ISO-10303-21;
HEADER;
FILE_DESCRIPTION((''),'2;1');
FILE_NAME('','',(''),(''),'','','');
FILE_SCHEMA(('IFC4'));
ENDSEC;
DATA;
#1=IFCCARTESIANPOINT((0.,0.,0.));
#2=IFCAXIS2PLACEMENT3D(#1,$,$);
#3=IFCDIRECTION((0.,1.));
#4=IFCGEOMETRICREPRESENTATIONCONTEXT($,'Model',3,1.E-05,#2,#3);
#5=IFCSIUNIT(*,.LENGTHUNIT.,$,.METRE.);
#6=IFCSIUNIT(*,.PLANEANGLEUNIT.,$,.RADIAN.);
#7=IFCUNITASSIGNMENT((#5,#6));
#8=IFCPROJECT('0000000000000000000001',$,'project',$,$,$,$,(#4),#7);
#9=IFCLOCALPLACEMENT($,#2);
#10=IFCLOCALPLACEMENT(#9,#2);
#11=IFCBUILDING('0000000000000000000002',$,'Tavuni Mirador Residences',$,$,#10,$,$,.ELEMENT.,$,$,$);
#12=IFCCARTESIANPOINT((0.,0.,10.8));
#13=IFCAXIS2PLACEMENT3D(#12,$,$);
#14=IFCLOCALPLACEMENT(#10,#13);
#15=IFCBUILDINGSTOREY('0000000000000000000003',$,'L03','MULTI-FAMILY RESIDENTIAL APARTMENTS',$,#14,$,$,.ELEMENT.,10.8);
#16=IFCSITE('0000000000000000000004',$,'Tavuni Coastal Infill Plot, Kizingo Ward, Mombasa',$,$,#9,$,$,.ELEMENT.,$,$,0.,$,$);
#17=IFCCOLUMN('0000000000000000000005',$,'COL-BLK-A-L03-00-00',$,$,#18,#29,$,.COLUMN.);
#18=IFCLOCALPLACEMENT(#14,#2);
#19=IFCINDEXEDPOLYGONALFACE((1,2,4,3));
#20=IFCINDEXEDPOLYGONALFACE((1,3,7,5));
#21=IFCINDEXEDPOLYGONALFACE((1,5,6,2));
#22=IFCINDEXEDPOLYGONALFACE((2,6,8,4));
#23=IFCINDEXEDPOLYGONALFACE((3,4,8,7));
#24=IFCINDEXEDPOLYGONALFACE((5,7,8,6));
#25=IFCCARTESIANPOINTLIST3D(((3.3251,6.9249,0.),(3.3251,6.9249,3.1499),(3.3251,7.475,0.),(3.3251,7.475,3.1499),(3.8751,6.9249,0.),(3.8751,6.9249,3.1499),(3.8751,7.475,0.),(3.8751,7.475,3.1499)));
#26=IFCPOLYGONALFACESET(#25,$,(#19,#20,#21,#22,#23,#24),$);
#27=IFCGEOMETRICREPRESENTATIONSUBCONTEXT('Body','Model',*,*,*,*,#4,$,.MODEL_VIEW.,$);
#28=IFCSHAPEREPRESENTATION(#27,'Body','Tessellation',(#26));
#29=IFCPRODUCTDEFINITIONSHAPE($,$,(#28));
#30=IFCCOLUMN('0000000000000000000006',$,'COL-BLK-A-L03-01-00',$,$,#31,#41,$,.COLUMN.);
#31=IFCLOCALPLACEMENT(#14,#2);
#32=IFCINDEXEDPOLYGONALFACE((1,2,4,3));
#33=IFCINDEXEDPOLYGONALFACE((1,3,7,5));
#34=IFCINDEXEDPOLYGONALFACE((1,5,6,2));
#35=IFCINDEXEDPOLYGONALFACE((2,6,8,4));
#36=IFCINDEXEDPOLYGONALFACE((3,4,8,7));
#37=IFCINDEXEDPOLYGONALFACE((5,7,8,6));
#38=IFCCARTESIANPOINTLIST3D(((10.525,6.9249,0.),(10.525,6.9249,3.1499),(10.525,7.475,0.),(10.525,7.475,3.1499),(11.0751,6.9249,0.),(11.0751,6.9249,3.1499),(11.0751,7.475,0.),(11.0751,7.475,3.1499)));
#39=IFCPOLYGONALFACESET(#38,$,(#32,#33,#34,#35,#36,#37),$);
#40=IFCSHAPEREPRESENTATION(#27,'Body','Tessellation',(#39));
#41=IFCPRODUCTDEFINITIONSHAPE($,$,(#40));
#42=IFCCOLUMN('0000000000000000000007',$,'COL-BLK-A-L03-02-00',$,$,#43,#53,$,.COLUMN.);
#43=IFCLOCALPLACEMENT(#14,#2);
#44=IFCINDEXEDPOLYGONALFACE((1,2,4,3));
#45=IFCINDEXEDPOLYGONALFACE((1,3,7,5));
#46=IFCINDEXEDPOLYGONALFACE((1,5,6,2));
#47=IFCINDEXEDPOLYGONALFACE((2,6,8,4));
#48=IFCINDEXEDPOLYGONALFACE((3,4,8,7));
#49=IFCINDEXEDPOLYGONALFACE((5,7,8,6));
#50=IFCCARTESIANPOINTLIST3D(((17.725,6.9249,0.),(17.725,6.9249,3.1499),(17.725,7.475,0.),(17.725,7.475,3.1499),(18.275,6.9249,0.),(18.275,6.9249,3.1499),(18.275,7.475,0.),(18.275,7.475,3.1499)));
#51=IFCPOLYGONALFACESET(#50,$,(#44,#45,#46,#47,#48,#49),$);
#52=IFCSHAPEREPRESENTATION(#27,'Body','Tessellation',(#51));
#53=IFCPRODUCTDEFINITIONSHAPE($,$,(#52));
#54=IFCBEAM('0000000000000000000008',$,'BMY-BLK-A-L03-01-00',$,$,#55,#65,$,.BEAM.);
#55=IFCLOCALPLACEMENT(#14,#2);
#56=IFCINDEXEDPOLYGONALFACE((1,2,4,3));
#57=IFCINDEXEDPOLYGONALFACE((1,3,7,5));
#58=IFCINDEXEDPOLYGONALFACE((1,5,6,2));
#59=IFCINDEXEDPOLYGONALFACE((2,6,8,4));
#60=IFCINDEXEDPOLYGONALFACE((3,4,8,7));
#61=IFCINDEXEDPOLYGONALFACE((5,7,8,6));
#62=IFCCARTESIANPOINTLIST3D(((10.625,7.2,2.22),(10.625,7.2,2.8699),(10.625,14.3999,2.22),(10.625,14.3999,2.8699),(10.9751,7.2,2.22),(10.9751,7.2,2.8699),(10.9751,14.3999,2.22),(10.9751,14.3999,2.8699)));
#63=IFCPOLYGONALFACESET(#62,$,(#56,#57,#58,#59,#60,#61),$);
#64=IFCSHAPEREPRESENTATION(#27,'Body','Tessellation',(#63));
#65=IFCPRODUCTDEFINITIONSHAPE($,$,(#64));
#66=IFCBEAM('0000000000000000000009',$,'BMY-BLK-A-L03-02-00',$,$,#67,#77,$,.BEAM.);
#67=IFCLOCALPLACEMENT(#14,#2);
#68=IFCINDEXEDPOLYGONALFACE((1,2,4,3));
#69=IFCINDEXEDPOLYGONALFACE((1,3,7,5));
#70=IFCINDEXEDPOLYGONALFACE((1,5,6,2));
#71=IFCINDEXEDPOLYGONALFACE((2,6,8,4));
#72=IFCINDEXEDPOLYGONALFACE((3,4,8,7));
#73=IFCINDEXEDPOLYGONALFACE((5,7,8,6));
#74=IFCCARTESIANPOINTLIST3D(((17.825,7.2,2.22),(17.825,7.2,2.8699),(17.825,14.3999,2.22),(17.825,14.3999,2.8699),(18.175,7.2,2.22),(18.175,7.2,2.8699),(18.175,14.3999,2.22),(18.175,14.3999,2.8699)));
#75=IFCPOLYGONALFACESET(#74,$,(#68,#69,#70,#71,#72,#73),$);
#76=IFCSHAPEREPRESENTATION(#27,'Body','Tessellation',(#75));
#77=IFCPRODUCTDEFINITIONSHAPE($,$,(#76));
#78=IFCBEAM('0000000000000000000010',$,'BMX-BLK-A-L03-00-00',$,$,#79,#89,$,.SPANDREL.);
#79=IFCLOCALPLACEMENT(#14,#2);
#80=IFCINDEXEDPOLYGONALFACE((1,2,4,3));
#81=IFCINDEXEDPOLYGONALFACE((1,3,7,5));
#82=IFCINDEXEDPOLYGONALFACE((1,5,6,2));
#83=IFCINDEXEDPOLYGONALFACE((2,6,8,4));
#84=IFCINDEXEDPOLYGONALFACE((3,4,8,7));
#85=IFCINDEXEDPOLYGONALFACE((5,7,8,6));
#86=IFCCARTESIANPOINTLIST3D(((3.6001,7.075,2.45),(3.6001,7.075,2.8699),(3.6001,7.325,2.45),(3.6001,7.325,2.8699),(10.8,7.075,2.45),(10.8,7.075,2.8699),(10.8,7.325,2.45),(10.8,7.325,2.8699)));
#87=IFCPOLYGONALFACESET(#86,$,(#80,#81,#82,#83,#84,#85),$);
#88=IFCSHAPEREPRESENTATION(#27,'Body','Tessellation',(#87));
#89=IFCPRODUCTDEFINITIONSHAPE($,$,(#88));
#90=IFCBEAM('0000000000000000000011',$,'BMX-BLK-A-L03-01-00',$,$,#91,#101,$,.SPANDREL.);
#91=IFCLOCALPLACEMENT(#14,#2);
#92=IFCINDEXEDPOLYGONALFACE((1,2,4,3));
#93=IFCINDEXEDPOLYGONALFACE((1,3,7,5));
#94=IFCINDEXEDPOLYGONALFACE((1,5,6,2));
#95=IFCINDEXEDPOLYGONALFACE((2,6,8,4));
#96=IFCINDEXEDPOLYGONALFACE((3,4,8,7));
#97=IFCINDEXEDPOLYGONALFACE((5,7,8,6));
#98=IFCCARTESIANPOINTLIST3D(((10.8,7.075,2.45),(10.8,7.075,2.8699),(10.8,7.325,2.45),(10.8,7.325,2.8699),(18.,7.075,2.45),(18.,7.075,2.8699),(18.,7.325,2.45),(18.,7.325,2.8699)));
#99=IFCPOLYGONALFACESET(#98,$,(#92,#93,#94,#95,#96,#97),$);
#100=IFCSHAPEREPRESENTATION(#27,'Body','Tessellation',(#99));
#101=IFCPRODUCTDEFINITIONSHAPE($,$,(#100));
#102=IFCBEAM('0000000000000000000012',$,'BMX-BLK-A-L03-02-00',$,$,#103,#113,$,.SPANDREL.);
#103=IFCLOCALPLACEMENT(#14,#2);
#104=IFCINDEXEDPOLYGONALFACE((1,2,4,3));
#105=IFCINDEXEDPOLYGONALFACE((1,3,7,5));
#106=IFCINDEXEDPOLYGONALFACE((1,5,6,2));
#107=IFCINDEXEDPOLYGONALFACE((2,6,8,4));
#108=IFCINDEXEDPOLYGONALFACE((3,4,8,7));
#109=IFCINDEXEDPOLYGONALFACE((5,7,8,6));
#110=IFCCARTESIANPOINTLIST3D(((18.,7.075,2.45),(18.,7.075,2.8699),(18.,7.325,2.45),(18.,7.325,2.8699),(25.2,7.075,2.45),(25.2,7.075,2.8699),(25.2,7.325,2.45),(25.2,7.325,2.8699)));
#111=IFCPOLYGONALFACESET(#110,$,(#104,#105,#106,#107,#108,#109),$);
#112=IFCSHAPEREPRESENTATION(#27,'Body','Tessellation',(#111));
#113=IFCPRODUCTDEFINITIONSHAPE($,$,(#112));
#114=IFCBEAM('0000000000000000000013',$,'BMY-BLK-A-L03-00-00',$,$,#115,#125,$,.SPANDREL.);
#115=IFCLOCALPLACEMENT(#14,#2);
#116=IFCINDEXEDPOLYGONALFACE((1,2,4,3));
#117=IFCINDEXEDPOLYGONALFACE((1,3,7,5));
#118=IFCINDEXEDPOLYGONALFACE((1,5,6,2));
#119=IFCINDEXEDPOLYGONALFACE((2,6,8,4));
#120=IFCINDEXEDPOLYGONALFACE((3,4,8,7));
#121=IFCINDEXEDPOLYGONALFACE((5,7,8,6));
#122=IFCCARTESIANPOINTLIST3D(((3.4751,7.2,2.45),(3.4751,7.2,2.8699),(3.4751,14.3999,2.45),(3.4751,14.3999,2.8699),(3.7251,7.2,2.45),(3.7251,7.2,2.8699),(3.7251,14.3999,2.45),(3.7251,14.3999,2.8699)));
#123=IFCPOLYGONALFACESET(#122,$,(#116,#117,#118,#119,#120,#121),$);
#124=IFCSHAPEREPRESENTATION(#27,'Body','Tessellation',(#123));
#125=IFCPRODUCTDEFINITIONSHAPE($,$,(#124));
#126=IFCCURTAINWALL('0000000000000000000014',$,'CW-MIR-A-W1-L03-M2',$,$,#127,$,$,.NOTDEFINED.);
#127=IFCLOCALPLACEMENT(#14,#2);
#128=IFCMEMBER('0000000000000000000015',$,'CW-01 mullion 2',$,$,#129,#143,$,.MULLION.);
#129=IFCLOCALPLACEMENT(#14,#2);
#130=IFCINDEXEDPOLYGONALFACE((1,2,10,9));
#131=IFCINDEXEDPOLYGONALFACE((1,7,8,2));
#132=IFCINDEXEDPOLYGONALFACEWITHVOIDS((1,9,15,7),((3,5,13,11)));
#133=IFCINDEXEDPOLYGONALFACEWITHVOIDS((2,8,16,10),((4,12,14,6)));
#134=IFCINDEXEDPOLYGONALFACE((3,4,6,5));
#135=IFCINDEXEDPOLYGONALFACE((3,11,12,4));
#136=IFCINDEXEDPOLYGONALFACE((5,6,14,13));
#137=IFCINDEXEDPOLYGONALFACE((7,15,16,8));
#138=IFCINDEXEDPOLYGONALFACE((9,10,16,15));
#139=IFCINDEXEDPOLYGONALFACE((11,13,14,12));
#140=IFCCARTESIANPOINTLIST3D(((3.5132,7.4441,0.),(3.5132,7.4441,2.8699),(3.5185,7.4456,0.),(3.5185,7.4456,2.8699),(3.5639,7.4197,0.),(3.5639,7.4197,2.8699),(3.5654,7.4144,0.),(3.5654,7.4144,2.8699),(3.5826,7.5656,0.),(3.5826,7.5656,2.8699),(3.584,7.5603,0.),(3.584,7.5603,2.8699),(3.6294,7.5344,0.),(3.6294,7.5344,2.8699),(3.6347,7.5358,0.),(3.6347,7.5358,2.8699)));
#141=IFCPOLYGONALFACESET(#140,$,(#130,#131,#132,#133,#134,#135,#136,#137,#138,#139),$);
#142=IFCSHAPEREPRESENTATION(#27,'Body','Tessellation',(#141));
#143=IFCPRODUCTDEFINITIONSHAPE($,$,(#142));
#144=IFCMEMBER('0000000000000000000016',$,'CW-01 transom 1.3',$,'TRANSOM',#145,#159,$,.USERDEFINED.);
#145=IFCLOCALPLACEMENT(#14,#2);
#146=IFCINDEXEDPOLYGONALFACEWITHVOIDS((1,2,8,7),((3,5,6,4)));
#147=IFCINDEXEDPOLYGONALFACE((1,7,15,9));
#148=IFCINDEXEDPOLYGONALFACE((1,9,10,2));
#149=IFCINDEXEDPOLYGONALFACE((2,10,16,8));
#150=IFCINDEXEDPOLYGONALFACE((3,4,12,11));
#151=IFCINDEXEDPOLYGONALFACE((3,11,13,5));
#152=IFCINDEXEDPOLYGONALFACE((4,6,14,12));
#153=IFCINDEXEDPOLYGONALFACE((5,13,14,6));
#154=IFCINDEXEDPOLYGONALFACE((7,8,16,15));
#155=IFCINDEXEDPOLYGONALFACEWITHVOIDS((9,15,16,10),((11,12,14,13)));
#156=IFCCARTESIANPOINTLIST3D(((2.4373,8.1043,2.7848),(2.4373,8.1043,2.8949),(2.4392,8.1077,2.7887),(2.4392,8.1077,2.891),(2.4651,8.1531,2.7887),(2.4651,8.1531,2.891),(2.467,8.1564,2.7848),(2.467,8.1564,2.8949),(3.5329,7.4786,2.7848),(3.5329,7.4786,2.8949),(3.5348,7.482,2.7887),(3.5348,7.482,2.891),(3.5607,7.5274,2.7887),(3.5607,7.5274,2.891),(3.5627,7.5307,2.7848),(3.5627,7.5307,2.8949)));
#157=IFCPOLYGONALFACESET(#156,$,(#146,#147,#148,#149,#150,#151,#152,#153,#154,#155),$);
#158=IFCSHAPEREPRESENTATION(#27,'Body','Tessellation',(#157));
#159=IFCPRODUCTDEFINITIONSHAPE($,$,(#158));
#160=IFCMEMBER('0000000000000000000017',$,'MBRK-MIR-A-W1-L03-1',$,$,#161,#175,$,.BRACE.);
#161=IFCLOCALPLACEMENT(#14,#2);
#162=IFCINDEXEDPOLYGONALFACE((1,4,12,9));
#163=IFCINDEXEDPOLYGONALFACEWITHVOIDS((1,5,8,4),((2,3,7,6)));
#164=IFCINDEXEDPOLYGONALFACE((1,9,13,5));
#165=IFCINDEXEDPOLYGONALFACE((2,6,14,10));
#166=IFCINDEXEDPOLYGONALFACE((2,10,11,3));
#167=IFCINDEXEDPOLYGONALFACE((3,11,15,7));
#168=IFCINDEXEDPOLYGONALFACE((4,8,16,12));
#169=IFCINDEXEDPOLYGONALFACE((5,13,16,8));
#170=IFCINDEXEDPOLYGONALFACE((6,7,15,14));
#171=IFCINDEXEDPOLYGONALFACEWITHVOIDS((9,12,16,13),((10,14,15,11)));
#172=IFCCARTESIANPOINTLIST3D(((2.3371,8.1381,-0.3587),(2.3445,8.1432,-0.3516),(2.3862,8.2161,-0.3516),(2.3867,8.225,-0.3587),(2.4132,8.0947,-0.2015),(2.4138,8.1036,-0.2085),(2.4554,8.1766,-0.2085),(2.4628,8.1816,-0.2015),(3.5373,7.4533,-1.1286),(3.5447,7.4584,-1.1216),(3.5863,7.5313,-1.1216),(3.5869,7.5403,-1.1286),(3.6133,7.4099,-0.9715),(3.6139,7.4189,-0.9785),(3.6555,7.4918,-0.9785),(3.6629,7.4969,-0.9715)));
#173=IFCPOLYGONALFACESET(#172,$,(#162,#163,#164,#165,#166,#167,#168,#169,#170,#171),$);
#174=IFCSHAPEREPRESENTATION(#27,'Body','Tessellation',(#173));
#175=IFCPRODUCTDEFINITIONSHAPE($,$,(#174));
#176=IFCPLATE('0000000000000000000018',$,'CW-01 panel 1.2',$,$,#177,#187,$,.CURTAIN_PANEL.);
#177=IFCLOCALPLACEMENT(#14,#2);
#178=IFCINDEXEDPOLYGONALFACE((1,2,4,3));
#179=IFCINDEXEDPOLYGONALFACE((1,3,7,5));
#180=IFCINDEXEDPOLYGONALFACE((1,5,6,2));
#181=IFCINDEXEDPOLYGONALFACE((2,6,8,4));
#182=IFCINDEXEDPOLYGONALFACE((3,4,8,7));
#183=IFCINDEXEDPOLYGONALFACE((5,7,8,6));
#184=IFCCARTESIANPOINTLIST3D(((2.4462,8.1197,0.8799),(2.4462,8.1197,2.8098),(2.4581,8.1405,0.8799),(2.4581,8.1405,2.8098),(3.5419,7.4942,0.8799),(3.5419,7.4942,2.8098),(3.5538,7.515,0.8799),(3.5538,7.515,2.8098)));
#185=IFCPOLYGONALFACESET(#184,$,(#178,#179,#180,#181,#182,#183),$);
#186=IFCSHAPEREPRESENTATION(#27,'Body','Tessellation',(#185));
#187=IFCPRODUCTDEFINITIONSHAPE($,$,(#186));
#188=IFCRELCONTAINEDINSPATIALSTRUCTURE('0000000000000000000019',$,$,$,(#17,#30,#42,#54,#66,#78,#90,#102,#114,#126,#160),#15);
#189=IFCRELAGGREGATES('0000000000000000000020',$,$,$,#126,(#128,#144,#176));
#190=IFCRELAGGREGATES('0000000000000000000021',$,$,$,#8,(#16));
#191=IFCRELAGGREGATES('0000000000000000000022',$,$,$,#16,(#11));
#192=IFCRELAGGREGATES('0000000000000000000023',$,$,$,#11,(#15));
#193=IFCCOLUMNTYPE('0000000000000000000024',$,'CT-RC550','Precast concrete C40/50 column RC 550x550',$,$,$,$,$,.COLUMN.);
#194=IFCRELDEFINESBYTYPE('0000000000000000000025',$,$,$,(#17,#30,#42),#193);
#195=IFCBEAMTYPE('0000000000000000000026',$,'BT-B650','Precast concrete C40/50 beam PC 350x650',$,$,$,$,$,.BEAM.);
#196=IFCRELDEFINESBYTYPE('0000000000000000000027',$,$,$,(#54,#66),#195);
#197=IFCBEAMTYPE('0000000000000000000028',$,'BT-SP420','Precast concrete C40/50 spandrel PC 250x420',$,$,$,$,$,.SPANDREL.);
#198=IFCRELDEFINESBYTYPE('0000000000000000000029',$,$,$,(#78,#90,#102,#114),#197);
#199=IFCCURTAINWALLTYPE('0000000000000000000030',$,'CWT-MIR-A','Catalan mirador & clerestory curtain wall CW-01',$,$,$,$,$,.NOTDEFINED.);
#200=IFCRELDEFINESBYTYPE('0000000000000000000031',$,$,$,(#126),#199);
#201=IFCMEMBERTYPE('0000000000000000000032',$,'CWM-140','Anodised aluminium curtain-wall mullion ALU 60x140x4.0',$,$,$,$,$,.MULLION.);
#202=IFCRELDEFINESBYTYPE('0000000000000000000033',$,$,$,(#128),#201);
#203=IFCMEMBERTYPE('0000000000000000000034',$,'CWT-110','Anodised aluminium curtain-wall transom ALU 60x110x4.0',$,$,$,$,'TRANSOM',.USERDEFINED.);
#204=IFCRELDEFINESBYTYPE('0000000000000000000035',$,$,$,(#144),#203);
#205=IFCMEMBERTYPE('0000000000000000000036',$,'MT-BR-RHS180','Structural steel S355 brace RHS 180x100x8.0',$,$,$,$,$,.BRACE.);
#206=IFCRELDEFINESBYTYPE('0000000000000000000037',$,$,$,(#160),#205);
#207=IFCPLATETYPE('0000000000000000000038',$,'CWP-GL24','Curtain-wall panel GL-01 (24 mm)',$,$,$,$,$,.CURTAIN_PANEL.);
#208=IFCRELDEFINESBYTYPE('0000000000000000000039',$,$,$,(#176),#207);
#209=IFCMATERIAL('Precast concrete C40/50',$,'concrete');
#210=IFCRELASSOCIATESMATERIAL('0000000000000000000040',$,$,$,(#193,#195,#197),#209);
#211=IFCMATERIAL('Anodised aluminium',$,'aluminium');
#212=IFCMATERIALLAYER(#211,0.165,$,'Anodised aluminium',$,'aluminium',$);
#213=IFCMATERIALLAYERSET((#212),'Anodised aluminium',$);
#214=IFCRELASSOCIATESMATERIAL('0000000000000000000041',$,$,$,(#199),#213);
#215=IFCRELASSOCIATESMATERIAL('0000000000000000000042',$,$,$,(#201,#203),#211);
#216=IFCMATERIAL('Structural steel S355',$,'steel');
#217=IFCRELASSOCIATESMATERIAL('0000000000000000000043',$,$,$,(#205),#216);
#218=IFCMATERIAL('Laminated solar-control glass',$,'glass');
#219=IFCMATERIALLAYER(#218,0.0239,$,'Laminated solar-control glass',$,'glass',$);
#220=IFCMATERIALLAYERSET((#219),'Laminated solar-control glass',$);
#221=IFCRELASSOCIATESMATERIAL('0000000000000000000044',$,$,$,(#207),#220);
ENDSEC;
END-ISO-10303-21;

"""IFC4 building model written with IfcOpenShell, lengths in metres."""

from ifc_helpers import new_model, si_unit, direction, frame, origin, origin_2d, place, context, subcontext, project, spatial, rectangle, hollow_rectangle, extrude, material, layer, layer_set, material_profile, profile_set, type_object, element, aggregate, save


model = new_model("IFC4")

# Units and contexts
model_context = context("Model", 3, precision=1e-05, world=origin(), true_north=direction((0.0, 1.0)))
body_context = subcontext(model_context, "Body", "Model", "MODEL_VIEW")
ifc_project = project(units=[si_unit("LENGTHUNIT", "METRE"), si_unit("PLANEANGLEUNIT", "RADIAN")], contexts=[model_context])

# Site, building, storey
site_placement = place(None, origin())
site = spatial("IfcSite", under=ifc_project, at=site_placement, Name="Tavuni Coastal Infill Plot, Kizingo Ward, Mombasa", CompositionType="ELEMENT", RefElevation=0.0)
building_placement = place(site_placement, origin())
building = spatial("IfcBuilding", under=site, at=building_placement, Name="Tavuni Mirador Residences", CompositionType="ELEMENT")
storey_placement = place(building_placement, frame((0.0, 0.0, 10.8)))
storey = spatial("IfcBuildingStorey", under=building, at=storey_placement, Name="L03", Description="MULTI-FAMILY RESIDENTIAL APARTMENTS", CompositionType="ELEMENT", Elevation=10.8)

# Columns
ifc_material_1 = material(Name="Precast concrete C40/50", Category="concrete")
ifc_material_profile_1 = material_profile(ifc_material_1, rectangle(XDim=0.55, YDim=0.55, at=origin_2d()), Name="RC 550x550", Category="concrete")
ifc_profile_set_1 = profile_set([ifc_material_profile_1], Name="Precast concrete C40/50")
column_type = type_object("IfcColumnType", Name="CT-RC550", Description="Precast concrete C40/50 column RC 550x550", PredefinedType="COLUMN", material=ifc_profile_set_1)
for number, where, z_axis, x_axis, name in (
    (1, (3.6001, 7.2, 0.0), (0.0, 0.0, 1.0), (1.0, 0.0, 0.0), "COL-BLK-A-L03-00-00"),
    (2, (10.8, 7.2, 0.0), (0.0, 0.0, 1.0), (1.0, 0.0, 0.0), "COL-BLK-A-L03-01-00"),
    (3, (18.0, 7.2, 0.0), (0.0, 0.0, 1.0), (1.0, 0.0, 0.0), "COL-BLK-A-L03-02-00"),
):
    element("IfcColumn", number, at=place(storey_placement, frame(where, z_axis=z_axis, x_axis=x_axis)), inside=storey, type_object=column_type, Name=name, PredefinedType="COLUMN", context=body_context, shape_type="SweptSolid", body=[
        extrude(rectangle(XDim=0.55, YDim=0.55, at=origin_2d()), origin(), (0.0, 0.0, 1.0), 3.1499),
    ])

# Beams
ifc_material_profile_2 = material_profile(ifc_material_1, rectangle(XDim=0.3501, YDim=0.6499, at=origin_2d()), Name="PC 350x650", Category="concrete")
ifc_profile_set_2 = profile_set([ifc_material_profile_2], Name="Precast concrete C40/50")
beam_type_1 = type_object("IfcBeamType", Name="BT-B650", Description="Precast concrete C40/50 beam PC 350x650", PredefinedType="BEAM", material=ifc_profile_set_2)
for number, where, z_axis, x_axis, name in (
    (4, (10.8, 7.2, 2.5449), (0.0, 1.0, 0.0), (-1.0, 0.0, 0.0), "BMY-BLK-A-L03-01-00"),
    (5, (18.0, 7.2, 2.5449), (0.0, 1.0, 0.0), (-1.0, 0.0, 0.0), "BMY-BLK-A-L03-02-00"),
):
    element("IfcBeam", number, at=place(storey_placement, frame(where, z_axis=z_axis, x_axis=x_axis)), inside=storey, type_object=beam_type_1, Name=name, PredefinedType="BEAM", context=body_context, shape_type="SweptSolid", body=[
        extrude(rectangle(XDim=0.3501, YDim=0.6499, at=origin_2d()), origin(), (0.0, 0.0, 1.0), 7.2),
    ])
ifc_material_profile_3 = material_profile(ifc_material_1, rectangle(XDim=0.25, YDim=0.4199, at=origin_2d()), Name="PC 250x420", Category="concrete")
ifc_profile_set_3 = profile_set([ifc_material_profile_3], Name="Precast concrete C40/50")
beam_type_2 = type_object("IfcBeamType", Name="BT-SP420", Description="Precast concrete C40/50 spandrel PC 250x420", PredefinedType="SPANDREL", material=ifc_profile_set_3)
for number, where, z_axis, x_axis, name in (
    (6, (3.6001, 7.2, 2.6599), (1.0, 0.0, 0.0), (0.0, 1.0, 0.0), "BMX-BLK-A-L03-00-00"),
    (7, (10.8, 7.2, 2.6599), (1.0, 0.0, 0.0), (0.0, 1.0, 0.0), "BMX-BLK-A-L03-01-00"),
    (8, (18.0, 7.2, 2.6599), (1.0, 0.0, 0.0), (0.0, 1.0, 0.0), "BMX-BLK-A-L03-02-00"),
    (9, (3.6001, 7.2, 2.6599), (0.0, 1.0, 0.0), (-1.0, 0.0, 0.0), "BMY-BLK-A-L03-00-00"),
):
    element("IfcBeam", number, at=place(storey_placement, frame(where, z_axis=z_axis, x_axis=x_axis)), inside=storey, type_object=beam_type_2, Name=name, PredefinedType="SPANDREL", context=body_context, shape_type="SweptSolid", body=[
        extrude(rectangle(XDim=0.25, YDim=0.4199, at=origin_2d()), origin(), (0.0, 0.0, 1.0), 7.2),
    ])

# Curtain wall, members
ifc_material_2 = material(Name="Anodised aluminium", Category="aluminium")
ifc_layer_1 = layer(ifc_material_2, 0.165, Name="Anodised aluminium", Category="aluminium")
ifc_layer_set_1 = layer_set([ifc_layer_1], Name="Anodised aluminium")
curtain_wall_type = type_object("IfcCurtainWallType", Name="CWT-MIR-A", Description="Catalan mirador & clerestory curtain wall CW-01", PredefinedType="NOTDEFINED", material=ifc_layer_set_1)
curtain_wall_placement = place(storey_placement, origin())
curtain_wall = element("IfcCurtainWall", 10, at=curtain_wall_placement, inside=storey, type_object=curtain_wall_type, Name="CW-MIR-A-W1-L03-M2", PredefinedType="NOTDEFINED")
ifc_material_profile_4 = material_profile(ifc_material_2, hollow_rectangle(XDim=0.0601, YDim=0.1399, WallThickness=0.0039, at=origin_2d()), Name="ALU 60x140x4.0", Category="aluminium")
ifc_profile_set_4 = profile_set([ifc_material_profile_4], Name="Anodised aluminium")
member_type_1 = type_object("IfcMemberType", Name="CWM-140", Description="Anodised aluminium curtain-wall mullion ALU 60x140x4.0", PredefinedType="MULLION", material=ifc_profile_set_4)
member_1_placement = place(storey_placement, frame((3.574, 7.49, 0.0), z_axis=(0.0, 0.0, 1.0), x_axis=(0.868466, -0.495749, 0.0)))
member_1 = element("IfcMember", 11, at=member_1_placement, type_object=member_type_1, Name="CW-01 mullion 2", PredefinedType="MULLION", context=body_context, shape_type="SweptSolid", body=[
    extrude(hollow_rectangle(XDim=0.0601, YDim=0.1399, WallThickness=0.0039, at=origin_2d()), origin(), (0.0, 0.0, 1.0), 2.8699),
])
ifc_material_profile_5 = material_profile(ifc_material_2, hollow_rectangle(XDim=0.0601, YDim=0.1101, WallThickness=0.0039, at=origin_2d()), Name="ALU 60x110x4.0", Category="aluminium")
ifc_profile_set_5 = profile_set([ifc_material_profile_5], Name="Anodised aluminium")
member_type_2 = type_object("IfcMemberType", Name="CWT-110", Description="Anodised aluminium curtain-wall transom ALU 60x110x4.0", ElementType="TRANSOM", PredefinedType="USERDEFINED", material=ifc_profile_set_5)
member_2_placement = place(storey_placement, frame((2.4521, 8.1304, 2.8398), z_axis=(0.868374, -0.49591, 0.0), x_axis=(0.49591, 0.868374, 0.0)))
member_2 = element("IfcMember", 12, at=member_2_placement, type_object=member_type_2, Name="CW-01 transom 1.3", ObjectType="TRANSOM", PredefinedType="USERDEFINED", context=body_context, shape_type="SweptSolid", body=[
    extrude(hollow_rectangle(XDim=0.0601, YDim=0.1101, WallThickness=0.0039, at=origin_2d()), origin(), (0.0, 0.0, 1.0), 1.2617),
])

# Member
ifc_material_3 = material(Name="Structural steel S355", Category="steel")
ifc_material_profile_6 = material_profile(ifc_material_3, hollow_rectangle(XDim=0.1001, YDim=0.1799, WallThickness=0.0081, at=origin_2d()), Name="RHS 180x100x8.0", Category="steel")
ifc_profile_set_6 = profile_set([ifc_material_profile_6], Name="Structural steel S355")
member_type_3 = type_object("IfcMemberType", Name="MT-BR-RHS180", Description="Structural steel S355 brace RHS 180x100x8.0", PredefinedType="BRACE", material=ifc_profile_set_6)
member_3_placement = place(storey_placement, frame((3.6001, 7.4751, -1.05), z_axis=(-0.758711, 0.43291, 0.486772), x_axis=(-0.495587, -0.868558, 0.0)))
element("IfcMember", 13, at=member_3_placement, inside=storey, type_object=member_type_3, Name="MBRK-MIR-A-W1-L03-1", PredefinedType="BRACE", context=body_context, shape_type="SweptSolid", body=[
    extrude(hollow_rectangle(XDim=0.1001, YDim=0.1799, WallThickness=0.0081, at=origin_2d()), origin(), (0.0, 0.0, 1.0), 1.5818),
])

# Plate
ifc_material_4 = material(Name="Laminated solar-control glass", Category="glass")
ifc_layer_2 = layer(ifc_material_4, 0.0239, Name="Laminated solar-control glass", Category="glass")
ifc_layer_set_2 = layer_set([ifc_layer_2], Name="Laminated solar-control glass")
plate_type_1 = type_object("IfcPlateType", Name="CWP-GL24", Description="Curtain-wall panel GL-01 (24 mm)", PredefinedType="CURTAIN_PANEL", material=ifc_layer_set_2)
plate_1_placement = place(storey_placement, frame((3.0, 7.8174, 0.8799), z_axis=(0.0, 0.0, 1.0), x_axis=(0.868466, -0.495749, 0.0)))
plate_1 = element("IfcPlate", 14, at=plate_1_placement, type_object=plate_type_1, Name="CW-01 panel 1.2", PredefinedType="CURTAIN_PANEL", context=body_context, shape_type="SweptSolid", body=[
    extrude(rectangle(XDim=1.2617, YDim=0.0239, at=origin_2d()), origin(), (0.0, 0.0, 1.0), 1.9299),
])
aggregate(curtain_wall, [member_1, member_2, plate_1])

save(model, "model.ifc")
